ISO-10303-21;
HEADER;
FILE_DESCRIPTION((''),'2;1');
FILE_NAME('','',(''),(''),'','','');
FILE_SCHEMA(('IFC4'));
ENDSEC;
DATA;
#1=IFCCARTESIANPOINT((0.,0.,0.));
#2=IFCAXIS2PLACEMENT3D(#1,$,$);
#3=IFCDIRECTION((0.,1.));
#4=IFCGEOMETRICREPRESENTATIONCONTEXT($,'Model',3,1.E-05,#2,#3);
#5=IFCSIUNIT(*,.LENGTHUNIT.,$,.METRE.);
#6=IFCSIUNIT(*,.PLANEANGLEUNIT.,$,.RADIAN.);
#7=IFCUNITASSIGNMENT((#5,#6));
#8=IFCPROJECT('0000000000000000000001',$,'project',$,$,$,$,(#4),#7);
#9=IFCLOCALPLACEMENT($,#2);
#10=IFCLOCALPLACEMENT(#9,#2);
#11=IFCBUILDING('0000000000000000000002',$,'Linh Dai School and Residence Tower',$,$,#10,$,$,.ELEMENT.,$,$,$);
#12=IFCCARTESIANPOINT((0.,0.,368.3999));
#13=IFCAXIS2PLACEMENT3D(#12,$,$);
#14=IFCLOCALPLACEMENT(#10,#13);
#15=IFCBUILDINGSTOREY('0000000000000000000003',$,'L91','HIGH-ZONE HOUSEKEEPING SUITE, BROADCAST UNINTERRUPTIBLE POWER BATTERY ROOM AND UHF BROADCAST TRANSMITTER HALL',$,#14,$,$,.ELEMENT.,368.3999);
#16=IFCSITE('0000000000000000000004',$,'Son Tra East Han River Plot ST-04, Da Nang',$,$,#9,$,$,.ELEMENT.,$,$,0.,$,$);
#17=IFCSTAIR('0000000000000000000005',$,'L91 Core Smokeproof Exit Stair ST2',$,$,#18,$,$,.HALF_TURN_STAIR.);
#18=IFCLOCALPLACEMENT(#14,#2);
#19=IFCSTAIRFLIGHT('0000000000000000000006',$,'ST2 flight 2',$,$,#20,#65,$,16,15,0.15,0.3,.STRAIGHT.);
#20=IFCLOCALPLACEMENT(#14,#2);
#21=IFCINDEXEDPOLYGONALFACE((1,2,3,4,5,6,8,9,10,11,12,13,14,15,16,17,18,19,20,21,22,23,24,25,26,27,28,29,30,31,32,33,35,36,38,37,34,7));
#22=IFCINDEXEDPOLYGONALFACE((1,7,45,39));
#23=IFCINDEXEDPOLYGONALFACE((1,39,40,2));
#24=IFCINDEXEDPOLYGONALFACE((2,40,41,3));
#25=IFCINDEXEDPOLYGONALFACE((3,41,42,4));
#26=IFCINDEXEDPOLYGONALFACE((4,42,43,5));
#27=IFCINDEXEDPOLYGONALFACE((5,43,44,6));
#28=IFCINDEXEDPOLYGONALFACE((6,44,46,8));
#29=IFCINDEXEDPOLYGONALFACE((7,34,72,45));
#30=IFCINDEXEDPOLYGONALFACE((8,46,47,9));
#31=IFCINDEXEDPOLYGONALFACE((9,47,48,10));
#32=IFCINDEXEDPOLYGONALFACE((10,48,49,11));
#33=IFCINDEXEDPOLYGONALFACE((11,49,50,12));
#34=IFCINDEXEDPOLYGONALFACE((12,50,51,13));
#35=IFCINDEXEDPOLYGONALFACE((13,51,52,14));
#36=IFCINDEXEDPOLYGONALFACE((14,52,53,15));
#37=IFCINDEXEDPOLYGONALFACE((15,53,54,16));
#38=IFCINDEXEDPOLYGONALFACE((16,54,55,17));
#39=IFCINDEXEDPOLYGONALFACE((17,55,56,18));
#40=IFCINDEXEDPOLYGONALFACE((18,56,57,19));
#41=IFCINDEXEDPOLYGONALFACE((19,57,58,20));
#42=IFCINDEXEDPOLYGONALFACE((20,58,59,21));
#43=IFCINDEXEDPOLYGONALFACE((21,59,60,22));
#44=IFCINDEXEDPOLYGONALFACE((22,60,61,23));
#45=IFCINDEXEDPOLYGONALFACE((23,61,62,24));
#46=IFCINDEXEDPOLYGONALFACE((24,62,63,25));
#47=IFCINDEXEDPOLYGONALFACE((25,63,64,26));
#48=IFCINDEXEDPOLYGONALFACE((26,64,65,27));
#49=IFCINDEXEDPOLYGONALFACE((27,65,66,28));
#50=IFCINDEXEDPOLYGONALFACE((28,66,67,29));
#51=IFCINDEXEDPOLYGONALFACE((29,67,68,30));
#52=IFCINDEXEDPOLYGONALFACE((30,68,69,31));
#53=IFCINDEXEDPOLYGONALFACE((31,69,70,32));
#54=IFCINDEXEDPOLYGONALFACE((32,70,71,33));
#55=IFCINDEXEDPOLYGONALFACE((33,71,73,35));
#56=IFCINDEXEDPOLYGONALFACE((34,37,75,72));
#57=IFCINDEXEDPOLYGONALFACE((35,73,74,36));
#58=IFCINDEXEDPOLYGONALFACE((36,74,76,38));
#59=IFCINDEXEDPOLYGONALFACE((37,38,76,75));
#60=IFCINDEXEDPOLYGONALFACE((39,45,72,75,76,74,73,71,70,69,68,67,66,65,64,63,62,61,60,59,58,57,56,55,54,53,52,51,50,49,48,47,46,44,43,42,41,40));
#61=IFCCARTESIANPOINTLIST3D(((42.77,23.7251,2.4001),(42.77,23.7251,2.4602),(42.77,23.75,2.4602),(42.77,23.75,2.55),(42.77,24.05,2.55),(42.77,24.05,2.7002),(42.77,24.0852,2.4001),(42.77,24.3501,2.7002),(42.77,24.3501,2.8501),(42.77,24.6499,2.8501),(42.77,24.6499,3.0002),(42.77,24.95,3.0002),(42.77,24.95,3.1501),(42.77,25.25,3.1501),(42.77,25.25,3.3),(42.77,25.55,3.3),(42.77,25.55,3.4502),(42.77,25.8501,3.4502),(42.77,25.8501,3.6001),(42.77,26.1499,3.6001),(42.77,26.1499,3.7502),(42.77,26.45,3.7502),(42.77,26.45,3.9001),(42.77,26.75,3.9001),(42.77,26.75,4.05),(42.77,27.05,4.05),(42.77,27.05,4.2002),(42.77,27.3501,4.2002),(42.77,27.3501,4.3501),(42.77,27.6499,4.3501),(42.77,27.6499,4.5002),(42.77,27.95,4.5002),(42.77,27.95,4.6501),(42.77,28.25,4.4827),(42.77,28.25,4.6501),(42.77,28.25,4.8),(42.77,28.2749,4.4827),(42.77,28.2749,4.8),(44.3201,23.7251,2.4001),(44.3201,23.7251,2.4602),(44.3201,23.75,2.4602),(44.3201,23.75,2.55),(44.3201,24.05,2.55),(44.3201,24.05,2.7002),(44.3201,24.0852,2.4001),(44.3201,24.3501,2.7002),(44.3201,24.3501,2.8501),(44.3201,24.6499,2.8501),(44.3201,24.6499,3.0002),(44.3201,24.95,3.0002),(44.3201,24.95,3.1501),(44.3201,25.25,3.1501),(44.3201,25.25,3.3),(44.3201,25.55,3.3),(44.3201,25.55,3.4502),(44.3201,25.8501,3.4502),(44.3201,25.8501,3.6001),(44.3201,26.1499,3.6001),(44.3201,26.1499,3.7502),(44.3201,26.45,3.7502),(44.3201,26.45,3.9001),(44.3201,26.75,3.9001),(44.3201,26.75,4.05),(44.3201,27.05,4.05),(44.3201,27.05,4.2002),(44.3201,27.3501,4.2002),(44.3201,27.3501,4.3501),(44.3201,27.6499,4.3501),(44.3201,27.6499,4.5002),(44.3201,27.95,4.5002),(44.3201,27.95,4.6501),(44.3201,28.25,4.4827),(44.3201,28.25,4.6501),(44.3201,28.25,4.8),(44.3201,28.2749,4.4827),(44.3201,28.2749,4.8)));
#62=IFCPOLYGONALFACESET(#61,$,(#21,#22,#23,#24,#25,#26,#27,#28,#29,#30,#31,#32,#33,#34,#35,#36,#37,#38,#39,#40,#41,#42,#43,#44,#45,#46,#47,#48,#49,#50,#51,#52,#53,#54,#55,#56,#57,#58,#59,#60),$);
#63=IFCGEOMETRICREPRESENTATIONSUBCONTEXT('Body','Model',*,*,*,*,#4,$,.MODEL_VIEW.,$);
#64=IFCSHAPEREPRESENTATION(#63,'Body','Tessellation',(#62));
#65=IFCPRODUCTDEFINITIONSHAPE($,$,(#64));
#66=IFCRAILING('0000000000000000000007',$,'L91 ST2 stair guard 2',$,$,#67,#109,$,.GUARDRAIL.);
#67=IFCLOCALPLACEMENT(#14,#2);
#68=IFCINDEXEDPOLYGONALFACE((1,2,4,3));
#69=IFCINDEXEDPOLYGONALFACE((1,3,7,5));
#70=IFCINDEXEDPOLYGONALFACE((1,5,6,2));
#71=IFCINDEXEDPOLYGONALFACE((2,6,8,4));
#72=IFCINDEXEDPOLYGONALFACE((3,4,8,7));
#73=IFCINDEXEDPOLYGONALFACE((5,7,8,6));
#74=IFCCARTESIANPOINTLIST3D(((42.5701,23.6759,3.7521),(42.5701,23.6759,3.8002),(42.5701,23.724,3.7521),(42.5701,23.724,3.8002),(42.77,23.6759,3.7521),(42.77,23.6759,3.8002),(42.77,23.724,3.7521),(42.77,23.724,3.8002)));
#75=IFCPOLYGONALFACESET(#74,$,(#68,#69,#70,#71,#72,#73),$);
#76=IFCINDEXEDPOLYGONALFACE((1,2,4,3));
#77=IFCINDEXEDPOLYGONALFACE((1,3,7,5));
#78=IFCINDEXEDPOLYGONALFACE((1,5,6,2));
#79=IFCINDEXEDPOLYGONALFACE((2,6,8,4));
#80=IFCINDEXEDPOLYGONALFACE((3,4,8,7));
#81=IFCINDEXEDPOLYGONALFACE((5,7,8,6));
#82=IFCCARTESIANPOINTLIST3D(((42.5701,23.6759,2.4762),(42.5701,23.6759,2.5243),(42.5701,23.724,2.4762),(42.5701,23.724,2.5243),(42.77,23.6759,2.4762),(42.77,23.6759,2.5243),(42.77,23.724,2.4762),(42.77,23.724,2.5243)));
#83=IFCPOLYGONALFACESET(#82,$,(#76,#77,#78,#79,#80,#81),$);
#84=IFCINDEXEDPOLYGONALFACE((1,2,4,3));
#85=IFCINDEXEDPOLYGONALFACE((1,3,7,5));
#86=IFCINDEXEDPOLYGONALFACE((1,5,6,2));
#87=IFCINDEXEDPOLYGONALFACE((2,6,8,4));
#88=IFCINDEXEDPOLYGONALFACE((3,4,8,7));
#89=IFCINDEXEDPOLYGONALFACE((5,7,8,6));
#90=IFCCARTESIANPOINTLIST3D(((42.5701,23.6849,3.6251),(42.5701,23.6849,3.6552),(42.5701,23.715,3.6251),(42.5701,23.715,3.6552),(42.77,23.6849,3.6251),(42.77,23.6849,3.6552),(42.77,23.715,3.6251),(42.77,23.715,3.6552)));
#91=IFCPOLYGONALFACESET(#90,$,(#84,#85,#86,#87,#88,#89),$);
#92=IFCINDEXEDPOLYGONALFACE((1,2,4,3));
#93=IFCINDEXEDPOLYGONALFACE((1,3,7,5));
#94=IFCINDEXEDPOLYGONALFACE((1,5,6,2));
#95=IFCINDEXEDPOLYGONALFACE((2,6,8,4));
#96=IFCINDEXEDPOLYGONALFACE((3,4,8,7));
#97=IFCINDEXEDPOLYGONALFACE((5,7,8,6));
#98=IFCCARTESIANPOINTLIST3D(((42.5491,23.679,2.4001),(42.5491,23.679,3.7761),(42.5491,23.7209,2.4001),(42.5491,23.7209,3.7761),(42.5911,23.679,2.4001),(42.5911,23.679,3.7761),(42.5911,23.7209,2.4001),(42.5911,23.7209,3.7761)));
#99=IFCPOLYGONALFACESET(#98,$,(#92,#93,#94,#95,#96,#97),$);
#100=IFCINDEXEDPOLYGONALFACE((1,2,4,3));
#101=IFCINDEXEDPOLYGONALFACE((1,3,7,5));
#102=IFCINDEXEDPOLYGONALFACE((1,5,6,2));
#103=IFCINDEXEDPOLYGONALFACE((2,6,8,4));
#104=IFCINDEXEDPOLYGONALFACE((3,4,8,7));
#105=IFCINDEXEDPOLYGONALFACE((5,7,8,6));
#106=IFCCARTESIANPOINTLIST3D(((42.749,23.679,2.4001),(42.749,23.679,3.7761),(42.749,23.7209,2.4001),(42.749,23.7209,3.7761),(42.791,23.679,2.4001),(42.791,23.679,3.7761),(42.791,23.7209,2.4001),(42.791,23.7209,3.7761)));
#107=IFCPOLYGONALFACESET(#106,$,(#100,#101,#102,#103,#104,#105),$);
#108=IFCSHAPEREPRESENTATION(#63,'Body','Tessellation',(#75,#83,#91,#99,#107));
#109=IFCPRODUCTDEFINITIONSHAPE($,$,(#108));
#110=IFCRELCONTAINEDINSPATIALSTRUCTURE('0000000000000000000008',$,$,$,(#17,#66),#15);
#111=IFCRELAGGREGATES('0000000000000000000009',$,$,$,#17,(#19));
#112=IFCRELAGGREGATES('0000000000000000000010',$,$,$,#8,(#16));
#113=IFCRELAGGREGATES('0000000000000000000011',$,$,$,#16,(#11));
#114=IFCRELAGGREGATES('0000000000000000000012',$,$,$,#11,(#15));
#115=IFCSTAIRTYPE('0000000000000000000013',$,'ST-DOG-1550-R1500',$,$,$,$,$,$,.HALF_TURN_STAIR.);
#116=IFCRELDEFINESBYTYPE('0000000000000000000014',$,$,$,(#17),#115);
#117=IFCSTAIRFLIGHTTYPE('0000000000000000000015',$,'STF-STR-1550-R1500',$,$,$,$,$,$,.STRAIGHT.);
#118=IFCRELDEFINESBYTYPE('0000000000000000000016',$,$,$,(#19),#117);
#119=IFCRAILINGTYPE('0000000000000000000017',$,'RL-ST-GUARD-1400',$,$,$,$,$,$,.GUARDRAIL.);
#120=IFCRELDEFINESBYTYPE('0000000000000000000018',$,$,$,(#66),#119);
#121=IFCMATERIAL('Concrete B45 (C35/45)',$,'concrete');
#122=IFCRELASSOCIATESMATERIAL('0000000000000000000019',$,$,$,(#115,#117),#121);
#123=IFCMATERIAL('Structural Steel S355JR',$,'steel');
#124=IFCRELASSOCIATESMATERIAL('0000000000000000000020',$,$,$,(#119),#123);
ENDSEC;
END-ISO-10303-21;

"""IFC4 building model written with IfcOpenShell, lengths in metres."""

from ifc_helpers import new_model, si_unit, direction, frame, origin, origin_2d, place, context, subcontext, project, spatial, polyline, rectangle, outline, extrude, source, transform, mapped, material, type_object, element, aggregate, save


model = new_model("IFC4")

# Units and contexts
model_context = context("Model", 3, precision=1e-05, world=origin(), true_north=direction((0.0, 1.0)))
body_context = subcontext(model_context, "Body", "Model", "MODEL_VIEW")
ifc_project = project(units=[si_unit("LENGTHUNIT", "METRE"), si_unit("PLANEANGLEUNIT", "RADIAN")], contexts=[model_context])

# Site, building, storey
site_placement = place(None, origin())
site = spatial("IfcSite", under=ifc_project, at=site_placement, Name="Son Tra East Han River Plot ST-04, Da Nang", CompositionType="ELEMENT", RefElevation=0.0)
building_placement = place(site_placement, origin())
building = spatial("IfcBuilding", under=site, at=building_placement, Name="Linh Dai School and Residence Tower", CompositionType="ELEMENT")
storey_placement = place(building_placement, frame((0.0, 0.0, 368.3999)))
storey = spatial("IfcBuildingStorey", under=building, at=storey_placement, Name="L91", Description="HIGH-ZONE HOUSEKEEPING SUITE, BROADCAST UNINTERRUPTIBLE POWER BATTERY ROOM AND UHF BROADCAST TRANSMITTER HALL", CompositionType="ELEMENT", Elevation=368.3999)

# Shared definitions
ifc_material_1 = material(Name="Structural Steel S355JR", Category="steel")

# Shared definitions
ifc_material_2 = material(Name="Concrete B45 (C35/45)", Category="concrete")

# Stair, stair flight
stair_type = type_object("IfcStairType", Name="ST-DOG-1550-R1500", PredefinedType="HALF_TURN_STAIR", material=ifc_material_2)
stair_placement = place(storey_placement, origin())
stair = element("IfcStair", 1, at=stair_placement, inside=storey, type_object=stair_type, Name="L91 Core Smokeproof Exit Stair ST2", PredefinedType="HALF_TURN_STAIR")
stair_flight_type = type_object("IfcStairFlightType", Name="STF-STR-1550-R1500", PredefinedType="STRAIGHT", material=ifc_material_2)
shared_shape_1 = source(origin(), body_context, "Body", "SweptSolid", [
    extrude(outline(polyline([(-0.0249, 0.0), (-0.0249, 0.0601), (0.0, 0.0601), (0.0, 0.1499), (0.3, 0.1499), (0.3, 0.3), (0.6001, 0.3), (0.6001, 0.45), (0.8999, 0.45), (0.8999, 0.6001), (1.2, 0.6001), (1.2, 0.75), (1.5, 0.75), (1.5, 0.8999), (1.8, 0.8999), (1.8, 1.05), (2.1001, 1.05), (2.1001, 1.2), (2.3999, 1.2), (2.3999, 1.3501), (2.7, 1.3501), (2.7, 1.5), (3.0, 1.5), (3.0, 1.6499), (3.3, 1.6499), (3.3, 1.8), (3.6001, 1.8), (3.6001, 1.95), (3.8999, 1.95), (3.8999, 2.1001), (4.2, 2.1001), (4.2, 2.25), (4.5, 2.25), (4.5, 2.3999), (4.5249, 2.3999), (4.5249, 2.0825), (4.5, 2.0825), (0.3352, 0.0), (-0.0249, 0.0)])), frame((0.0, 0.7749, 0.0), z_axis=(0.0, -1.0, 0.0), x_axis=(1.0, 0.0, 0.0)), (0.0, 0.0, 1.0), 1.55),
])
stair_flight_placement = place(storey_placement, frame((43.5449, 23.75, 2.4001), z_axis=(0.0, 0.0, 1.0), x_axis=(0.0, 1.0, 0.0)))
stair_flight = element("IfcStairFlight", 2, at=stair_flight_placement, type_object=stair_flight_type, Name="ST2 flight 2", NumberOfRisers=16, NumberOfTreads=15, PredefinedType="STRAIGHT", RiserHeight=0.15, TreadLength=0.3, context=body_context, shape_type="MappedRepresentation", body=[
    mapped(shared_shape_1, transform((0.0, 0.0, 0.0), x_axis=(1.0, 0.0, 0.0), y_axis=(0.0, 1.0, 0.0), z_axis=(0.0, 0.0, 1.0), scale=1.0)),
])
aggregate(stair, [stair_flight])

# Railing
railing_type = type_object("IfcRailingType", Name="RL-ST-GUARD-1400", PredefinedType="GUARDRAIL", material=ifc_material_1)
shared_shape_2 = source(origin(), body_context, "Body", "SweptSolid", [
    extrude(rectangle(XDim=0.0481, YDim=0.0481, at=origin_2d()), frame((0.0, 0.0, 1.376), z_axis=(1.0, 0.0, 0.0), x_axis=(0.0, 1.0, 0.0)), (0.0, 0.0, 1.0), 0.2),
    extrude(rectangle(XDim=0.0481, YDim=0.0481, at=origin_2d()), frame((0.0, 0.0, 0.1001), z_axis=(1.0, 0.0, 0.0), x_axis=(0.0, 1.0, 0.0)), (0.0, 0.0, 1.0), 0.2),
    extrude(rectangle(XDim=0.03, YDim=0.03, at=origin_2d()), frame((0.0, 0.0, 1.24), z_axis=(1.0, 0.0, 0.0), x_axis=(0.0, 1.0, 0.0)), (0.0, 0.0, 1.0), 0.2),
    extrude(rectangle(XDim=0.042, YDim=0.042, at=origin_2d()), origin(), (0.0, 0.0, 1.0), 1.376),
    extrude(rectangle(XDim=0.042, YDim=0.042, at=origin_2d()), frame((0.2, 0.0, 0.0)), (0.0, 0.0, 1.0), 1.376),
])
railing_1_placement = place(storey_placement, frame((42.5701, 23.7, 2.4001)))
element("IfcRailing", 3, at=railing_1_placement, inside=storey, type_object=railing_type, Name="L91 ST2 stair guard 2", PredefinedType="GUARDRAIL", context=body_context, shape_type="MappedRepresentation", body=[
    mapped(shared_shape_2, transform((0.0, 0.0, 0.0), x_axis=(1.0, 0.0, 0.0), y_axis=(0.0, 1.0, 0.0), z_axis=(0.0, 0.0, 1.0), scale=1.0)),
])

save(model, "model.ifc")
